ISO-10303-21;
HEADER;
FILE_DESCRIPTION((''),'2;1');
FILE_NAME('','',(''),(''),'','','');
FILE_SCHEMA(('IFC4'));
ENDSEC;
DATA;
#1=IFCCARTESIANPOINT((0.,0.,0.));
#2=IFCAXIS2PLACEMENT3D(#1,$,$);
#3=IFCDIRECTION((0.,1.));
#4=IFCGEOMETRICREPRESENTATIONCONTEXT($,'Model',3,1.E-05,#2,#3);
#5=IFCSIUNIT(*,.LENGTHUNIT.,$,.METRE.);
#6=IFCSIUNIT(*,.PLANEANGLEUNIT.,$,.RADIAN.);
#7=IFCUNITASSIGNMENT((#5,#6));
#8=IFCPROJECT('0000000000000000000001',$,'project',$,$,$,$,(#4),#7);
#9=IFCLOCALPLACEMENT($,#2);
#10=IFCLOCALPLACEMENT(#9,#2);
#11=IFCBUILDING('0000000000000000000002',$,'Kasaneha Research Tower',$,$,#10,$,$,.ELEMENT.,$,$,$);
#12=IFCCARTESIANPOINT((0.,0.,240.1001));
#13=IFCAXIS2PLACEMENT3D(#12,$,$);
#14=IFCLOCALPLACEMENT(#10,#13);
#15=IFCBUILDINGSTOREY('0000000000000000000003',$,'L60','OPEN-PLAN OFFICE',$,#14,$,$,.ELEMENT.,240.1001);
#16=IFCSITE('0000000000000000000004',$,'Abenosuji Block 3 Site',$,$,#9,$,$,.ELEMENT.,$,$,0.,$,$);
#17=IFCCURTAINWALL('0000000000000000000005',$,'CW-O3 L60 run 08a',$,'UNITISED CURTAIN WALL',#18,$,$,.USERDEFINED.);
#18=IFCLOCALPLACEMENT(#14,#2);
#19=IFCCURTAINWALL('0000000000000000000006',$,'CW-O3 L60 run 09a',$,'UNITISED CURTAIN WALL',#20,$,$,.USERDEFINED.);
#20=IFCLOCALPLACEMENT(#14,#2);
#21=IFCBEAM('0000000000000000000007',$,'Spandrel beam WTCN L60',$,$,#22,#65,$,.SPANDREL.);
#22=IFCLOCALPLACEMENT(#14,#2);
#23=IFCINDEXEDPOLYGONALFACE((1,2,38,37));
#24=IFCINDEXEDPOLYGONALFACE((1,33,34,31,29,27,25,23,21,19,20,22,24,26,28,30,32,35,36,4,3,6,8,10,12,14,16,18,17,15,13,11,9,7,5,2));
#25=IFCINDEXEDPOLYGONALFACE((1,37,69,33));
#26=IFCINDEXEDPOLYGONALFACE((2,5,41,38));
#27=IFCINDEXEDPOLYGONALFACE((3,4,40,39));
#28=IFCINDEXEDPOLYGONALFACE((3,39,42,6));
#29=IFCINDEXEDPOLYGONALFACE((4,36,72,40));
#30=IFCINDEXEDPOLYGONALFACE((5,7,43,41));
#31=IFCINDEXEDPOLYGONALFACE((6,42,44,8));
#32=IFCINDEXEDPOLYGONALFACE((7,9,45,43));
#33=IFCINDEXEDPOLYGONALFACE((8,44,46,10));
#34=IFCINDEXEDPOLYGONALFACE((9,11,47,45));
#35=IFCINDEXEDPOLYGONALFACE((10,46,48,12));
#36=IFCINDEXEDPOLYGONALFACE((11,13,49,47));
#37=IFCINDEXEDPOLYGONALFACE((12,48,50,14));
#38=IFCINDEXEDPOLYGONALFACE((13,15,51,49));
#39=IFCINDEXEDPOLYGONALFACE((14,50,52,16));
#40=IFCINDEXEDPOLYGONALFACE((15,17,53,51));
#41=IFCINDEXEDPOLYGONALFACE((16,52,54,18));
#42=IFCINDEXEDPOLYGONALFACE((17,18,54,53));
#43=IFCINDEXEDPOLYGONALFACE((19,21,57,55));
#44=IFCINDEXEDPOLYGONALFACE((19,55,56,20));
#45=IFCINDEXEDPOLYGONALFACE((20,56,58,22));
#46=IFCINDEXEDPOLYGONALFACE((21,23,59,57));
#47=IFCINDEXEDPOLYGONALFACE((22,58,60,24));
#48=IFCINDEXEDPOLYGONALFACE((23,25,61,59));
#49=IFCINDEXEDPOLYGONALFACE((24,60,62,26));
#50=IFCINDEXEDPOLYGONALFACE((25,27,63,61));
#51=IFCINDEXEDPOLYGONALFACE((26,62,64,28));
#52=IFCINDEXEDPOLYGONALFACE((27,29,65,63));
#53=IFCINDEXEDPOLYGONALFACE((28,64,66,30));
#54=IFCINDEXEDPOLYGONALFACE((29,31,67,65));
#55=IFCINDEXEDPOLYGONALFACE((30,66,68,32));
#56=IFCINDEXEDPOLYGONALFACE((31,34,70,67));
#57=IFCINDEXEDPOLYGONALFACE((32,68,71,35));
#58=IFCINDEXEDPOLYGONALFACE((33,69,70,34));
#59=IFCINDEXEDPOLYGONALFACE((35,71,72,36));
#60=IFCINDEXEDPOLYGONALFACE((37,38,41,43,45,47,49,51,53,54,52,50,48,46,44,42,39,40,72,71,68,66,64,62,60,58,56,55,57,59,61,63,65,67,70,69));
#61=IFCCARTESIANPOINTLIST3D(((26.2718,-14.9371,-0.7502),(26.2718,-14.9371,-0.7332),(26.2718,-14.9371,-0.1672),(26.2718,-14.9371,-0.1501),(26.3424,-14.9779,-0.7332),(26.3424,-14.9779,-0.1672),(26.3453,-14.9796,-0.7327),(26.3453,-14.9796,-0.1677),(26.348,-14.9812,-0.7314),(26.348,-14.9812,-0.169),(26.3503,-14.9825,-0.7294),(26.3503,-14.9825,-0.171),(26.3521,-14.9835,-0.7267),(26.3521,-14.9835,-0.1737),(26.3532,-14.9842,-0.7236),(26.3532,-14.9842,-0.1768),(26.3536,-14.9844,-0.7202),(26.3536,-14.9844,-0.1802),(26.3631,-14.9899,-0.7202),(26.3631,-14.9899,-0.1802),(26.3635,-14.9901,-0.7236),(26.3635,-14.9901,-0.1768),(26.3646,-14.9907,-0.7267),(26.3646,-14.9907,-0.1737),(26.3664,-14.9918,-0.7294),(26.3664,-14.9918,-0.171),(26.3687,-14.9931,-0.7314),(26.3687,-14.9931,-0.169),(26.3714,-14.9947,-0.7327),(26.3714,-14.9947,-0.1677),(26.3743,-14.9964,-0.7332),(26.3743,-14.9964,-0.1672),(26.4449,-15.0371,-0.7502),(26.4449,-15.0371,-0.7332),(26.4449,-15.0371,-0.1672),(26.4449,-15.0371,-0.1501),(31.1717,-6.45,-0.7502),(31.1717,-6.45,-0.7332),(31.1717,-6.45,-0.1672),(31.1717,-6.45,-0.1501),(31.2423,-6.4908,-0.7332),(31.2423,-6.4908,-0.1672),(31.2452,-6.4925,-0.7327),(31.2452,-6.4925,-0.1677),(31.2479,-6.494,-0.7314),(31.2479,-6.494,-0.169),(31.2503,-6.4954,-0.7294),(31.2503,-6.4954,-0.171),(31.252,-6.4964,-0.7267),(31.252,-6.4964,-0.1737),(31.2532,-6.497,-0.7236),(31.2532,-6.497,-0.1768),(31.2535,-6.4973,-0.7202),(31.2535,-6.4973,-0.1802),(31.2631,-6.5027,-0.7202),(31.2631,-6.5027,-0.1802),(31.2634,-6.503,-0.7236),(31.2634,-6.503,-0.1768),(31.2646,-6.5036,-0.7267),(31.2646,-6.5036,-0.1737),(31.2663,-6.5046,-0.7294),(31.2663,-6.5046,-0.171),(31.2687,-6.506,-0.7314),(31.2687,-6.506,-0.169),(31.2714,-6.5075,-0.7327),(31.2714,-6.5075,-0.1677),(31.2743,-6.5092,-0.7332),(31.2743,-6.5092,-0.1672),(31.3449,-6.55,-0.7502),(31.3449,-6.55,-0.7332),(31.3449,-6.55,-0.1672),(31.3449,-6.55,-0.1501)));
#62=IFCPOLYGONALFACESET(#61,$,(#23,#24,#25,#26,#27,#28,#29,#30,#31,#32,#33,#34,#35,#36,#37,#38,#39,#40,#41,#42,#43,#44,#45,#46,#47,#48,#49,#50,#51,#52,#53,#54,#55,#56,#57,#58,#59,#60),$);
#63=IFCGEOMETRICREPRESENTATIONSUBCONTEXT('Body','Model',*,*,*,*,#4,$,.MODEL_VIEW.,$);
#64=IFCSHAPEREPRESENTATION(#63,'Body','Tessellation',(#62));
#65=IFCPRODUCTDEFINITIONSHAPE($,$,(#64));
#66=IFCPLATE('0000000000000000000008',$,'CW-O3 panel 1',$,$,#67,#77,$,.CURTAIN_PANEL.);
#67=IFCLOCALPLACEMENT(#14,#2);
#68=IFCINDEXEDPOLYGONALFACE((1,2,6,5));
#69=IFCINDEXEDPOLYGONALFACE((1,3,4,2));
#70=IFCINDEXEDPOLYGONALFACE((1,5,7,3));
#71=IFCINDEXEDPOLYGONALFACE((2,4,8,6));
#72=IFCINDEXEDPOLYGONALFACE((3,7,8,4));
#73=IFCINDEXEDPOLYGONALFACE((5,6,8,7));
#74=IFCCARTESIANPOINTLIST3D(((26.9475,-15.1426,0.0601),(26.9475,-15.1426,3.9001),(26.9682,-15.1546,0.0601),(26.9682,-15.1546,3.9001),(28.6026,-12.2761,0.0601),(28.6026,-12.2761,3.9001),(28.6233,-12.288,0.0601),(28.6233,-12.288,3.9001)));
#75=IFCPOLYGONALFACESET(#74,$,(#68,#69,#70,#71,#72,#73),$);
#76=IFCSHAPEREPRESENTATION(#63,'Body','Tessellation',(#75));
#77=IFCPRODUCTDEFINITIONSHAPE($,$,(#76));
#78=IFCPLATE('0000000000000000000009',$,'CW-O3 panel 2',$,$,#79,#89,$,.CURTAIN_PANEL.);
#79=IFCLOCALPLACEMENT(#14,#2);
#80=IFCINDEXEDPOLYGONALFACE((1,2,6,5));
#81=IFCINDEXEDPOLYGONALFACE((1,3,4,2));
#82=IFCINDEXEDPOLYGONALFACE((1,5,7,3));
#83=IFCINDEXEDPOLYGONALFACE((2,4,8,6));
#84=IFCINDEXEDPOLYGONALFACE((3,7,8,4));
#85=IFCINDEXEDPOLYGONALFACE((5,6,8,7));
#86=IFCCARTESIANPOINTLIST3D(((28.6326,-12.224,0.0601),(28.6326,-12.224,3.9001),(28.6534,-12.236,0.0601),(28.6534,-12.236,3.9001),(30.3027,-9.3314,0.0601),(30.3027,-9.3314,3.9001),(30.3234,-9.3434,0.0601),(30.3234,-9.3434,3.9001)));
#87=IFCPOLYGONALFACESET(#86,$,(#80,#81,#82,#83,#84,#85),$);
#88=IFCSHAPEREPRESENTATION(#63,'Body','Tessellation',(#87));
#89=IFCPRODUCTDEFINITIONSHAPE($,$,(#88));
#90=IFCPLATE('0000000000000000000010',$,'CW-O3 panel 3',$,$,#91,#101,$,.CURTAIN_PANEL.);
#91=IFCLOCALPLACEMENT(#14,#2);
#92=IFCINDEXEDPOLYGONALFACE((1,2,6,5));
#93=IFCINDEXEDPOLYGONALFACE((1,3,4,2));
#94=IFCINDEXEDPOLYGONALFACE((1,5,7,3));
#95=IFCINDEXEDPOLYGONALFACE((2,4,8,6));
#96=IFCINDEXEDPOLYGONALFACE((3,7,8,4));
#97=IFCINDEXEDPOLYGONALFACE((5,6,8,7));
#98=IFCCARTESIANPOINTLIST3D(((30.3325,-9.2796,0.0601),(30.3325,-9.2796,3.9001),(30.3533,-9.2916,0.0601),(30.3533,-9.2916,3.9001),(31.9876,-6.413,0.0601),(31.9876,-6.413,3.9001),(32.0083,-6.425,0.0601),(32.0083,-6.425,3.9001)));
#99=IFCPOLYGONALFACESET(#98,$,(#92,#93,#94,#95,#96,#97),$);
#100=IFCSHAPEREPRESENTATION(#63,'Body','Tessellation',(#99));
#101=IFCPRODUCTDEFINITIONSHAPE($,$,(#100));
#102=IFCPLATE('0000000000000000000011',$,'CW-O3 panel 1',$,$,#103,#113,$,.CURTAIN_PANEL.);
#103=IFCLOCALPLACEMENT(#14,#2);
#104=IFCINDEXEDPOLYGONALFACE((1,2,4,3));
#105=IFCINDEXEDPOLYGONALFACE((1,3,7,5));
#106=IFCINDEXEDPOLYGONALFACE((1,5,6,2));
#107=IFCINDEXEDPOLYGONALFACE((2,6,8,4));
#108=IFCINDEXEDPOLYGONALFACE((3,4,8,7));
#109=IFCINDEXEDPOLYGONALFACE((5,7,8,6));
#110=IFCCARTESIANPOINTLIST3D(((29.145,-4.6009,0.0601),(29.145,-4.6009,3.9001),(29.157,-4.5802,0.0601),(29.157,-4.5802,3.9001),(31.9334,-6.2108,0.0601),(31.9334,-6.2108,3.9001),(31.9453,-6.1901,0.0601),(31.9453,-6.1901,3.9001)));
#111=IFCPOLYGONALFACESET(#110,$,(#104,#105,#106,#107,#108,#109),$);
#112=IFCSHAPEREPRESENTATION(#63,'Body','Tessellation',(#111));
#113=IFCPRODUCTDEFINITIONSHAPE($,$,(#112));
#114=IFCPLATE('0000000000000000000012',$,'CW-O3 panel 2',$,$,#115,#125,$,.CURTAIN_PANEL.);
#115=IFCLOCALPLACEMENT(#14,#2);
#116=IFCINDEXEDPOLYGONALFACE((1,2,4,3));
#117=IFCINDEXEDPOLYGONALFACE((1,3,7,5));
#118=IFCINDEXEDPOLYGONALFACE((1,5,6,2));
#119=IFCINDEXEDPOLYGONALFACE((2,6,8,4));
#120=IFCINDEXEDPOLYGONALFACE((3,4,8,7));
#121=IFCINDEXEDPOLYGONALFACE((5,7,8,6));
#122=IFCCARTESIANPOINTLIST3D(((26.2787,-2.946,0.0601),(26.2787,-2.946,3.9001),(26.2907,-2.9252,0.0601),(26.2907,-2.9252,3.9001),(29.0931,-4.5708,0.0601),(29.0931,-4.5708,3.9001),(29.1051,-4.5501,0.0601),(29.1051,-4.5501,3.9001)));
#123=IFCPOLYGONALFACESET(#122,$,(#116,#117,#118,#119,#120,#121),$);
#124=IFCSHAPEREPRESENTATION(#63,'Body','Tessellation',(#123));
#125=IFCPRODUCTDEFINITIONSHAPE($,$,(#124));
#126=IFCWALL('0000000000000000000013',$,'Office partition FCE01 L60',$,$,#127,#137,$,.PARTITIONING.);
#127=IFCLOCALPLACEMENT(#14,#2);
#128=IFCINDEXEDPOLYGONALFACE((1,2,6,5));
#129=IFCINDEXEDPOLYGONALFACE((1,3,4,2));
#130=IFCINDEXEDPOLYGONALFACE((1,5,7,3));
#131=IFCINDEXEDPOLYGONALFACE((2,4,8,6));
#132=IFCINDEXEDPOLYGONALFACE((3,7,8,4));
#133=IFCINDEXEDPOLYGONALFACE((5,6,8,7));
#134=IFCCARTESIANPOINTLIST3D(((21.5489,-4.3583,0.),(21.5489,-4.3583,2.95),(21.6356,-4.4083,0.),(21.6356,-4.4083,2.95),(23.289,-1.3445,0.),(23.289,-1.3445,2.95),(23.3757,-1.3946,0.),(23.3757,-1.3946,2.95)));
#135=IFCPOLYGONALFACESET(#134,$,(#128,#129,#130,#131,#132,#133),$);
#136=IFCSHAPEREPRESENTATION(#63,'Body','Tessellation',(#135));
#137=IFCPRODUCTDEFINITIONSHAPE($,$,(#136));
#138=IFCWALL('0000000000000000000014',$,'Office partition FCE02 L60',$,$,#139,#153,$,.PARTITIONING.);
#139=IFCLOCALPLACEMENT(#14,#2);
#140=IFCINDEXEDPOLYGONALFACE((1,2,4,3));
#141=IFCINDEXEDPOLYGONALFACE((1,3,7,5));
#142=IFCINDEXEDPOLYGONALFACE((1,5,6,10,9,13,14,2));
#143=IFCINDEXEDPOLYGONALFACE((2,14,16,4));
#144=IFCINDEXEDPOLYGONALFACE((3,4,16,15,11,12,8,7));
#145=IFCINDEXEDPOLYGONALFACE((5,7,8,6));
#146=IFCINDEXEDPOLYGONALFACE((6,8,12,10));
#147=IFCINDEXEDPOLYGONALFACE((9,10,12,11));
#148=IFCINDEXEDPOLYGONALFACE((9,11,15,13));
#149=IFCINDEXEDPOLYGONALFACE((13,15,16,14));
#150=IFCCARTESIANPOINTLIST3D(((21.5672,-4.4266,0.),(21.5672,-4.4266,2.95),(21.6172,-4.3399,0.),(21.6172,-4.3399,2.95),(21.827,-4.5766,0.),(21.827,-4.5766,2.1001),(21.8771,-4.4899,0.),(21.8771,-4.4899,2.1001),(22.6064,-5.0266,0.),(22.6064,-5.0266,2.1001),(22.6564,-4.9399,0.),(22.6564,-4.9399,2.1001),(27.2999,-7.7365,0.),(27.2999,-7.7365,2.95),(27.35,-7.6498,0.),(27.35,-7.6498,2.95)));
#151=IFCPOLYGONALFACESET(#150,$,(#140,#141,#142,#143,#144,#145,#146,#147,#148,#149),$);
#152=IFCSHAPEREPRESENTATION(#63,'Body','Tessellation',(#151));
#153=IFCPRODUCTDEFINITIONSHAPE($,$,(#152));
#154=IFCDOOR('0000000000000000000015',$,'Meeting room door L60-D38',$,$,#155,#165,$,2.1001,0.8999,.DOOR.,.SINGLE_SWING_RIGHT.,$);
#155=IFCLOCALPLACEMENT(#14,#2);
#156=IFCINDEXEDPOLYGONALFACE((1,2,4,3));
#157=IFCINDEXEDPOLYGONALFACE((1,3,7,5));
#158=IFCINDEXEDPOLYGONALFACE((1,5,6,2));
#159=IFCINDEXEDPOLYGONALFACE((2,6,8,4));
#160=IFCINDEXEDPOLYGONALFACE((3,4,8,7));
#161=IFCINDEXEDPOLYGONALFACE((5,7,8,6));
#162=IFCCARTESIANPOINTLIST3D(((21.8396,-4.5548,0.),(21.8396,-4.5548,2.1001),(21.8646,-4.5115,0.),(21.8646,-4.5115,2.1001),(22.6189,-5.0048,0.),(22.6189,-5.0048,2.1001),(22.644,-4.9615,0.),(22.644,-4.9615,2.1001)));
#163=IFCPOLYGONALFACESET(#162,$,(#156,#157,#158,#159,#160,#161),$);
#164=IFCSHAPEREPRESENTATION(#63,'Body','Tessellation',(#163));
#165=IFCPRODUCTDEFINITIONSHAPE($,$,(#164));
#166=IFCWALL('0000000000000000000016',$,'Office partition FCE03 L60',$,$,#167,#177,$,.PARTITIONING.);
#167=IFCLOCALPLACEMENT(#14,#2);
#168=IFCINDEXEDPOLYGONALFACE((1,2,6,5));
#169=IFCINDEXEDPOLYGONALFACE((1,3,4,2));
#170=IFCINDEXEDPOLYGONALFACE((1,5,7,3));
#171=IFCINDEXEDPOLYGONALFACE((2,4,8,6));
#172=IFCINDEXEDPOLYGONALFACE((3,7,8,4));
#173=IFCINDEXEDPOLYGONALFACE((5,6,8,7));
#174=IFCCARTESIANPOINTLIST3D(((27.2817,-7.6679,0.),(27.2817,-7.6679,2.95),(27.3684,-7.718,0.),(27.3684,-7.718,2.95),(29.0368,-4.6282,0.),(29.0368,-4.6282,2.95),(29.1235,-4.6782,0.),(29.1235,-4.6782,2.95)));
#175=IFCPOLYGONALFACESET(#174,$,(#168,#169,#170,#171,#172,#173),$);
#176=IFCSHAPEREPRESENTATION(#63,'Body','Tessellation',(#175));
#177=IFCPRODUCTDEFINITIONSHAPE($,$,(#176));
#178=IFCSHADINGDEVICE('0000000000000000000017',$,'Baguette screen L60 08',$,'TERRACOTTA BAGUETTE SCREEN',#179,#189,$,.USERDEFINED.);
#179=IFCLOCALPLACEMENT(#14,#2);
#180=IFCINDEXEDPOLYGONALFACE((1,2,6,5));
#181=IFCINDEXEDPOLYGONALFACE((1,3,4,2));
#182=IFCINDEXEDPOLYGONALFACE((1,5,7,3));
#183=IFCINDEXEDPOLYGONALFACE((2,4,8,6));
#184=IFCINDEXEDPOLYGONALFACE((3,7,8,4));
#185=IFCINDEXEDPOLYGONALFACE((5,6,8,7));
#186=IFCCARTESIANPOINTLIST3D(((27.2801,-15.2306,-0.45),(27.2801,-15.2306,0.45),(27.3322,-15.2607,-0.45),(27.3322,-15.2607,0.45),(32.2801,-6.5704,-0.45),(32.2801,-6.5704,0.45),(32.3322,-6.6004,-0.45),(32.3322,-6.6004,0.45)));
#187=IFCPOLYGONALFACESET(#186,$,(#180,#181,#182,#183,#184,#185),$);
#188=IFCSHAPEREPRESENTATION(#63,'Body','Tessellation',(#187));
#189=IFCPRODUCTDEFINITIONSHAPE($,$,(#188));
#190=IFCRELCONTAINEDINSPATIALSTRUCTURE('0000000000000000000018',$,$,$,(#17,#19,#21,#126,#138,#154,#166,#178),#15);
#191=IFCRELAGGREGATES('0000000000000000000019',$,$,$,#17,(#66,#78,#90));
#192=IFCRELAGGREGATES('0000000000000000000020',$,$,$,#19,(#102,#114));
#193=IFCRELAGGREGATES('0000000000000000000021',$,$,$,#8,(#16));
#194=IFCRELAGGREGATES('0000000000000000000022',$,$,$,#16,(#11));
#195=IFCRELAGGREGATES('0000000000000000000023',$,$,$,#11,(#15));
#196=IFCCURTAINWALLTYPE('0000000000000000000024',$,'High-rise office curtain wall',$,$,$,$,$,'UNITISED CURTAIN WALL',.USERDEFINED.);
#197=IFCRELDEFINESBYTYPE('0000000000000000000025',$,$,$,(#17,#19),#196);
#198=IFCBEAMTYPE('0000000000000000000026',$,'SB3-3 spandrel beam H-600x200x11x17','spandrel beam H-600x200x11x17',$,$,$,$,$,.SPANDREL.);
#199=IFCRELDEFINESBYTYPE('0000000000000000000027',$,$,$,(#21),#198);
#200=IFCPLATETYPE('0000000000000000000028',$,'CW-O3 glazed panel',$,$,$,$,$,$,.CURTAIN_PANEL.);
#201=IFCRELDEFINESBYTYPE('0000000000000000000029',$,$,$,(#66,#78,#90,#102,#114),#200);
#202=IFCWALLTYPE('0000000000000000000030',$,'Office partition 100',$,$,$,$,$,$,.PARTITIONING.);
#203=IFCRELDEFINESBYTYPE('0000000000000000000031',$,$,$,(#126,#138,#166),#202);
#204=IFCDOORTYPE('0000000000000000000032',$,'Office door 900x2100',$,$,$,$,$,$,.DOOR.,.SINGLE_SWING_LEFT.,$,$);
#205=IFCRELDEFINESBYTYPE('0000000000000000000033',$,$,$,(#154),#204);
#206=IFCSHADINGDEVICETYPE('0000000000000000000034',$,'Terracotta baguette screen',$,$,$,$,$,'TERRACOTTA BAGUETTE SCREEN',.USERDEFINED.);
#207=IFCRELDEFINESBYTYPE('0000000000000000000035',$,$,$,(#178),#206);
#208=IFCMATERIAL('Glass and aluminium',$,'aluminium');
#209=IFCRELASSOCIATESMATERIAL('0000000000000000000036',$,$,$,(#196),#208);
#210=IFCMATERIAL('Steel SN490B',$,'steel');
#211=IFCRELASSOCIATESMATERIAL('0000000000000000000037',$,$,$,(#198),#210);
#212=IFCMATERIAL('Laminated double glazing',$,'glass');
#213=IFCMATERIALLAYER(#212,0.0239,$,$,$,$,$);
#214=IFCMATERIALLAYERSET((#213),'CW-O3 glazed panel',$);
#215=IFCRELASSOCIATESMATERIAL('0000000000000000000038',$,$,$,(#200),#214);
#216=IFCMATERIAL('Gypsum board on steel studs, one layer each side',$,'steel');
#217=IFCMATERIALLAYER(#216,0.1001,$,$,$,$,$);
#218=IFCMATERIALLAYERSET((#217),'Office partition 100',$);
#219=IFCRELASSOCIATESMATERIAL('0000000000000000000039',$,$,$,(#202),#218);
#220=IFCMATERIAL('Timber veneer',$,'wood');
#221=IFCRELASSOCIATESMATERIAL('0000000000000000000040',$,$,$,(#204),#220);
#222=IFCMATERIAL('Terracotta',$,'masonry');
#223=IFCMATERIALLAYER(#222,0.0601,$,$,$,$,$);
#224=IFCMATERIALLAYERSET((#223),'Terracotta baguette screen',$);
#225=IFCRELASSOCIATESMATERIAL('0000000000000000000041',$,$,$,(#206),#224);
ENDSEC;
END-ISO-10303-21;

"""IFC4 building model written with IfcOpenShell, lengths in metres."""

from ifc_helpers import new_model, si_unit, direction, frame, frame_2d, origin, origin_2d, place, context, subcontext, project, spatial, rectangle, i_section, extrude, material, layer, layer_set, material_profile, profile_set, type_object, element, fill, aggregate, save


model = new_model("IFC4")

# Units and contexts
model_context = context("Model", 3, precision=1e-05, world=origin(), true_north=direction((0.0, 1.0)))
body_context = subcontext(model_context, "Body", "Model", "MODEL_VIEW")
ifc_project = project(units=[si_unit("LENGTHUNIT", "METRE"), si_unit("PLANEANGLEUNIT", "RADIAN")], contexts=[model_context])

# Site, building, storey
site_placement = place(None, origin())
site = spatial("IfcSite", under=ifc_project, at=site_placement, Name="Abenosuji Block 3 Site", CompositionType="ELEMENT", RefElevation=0.0)
building_placement = place(site_placement, origin())
building = spatial("IfcBuilding", under=site, at=building_placement, Name="Kasaneha Research Tower", CompositionType="ELEMENT")
storey_placement = place(building_placement, frame((0.0, 0.0, 240.1001)))
storey = spatial("IfcBuildingStorey", under=building, at=storey_placement, Name="L60", Description="OPEN-PLAN OFFICE", CompositionType="ELEMENT", Elevation=240.1001)

# Curtain walls
ifc_material_1 = material(Name="Glass and aluminium", Category="aluminium")
curtain_wall_type = type_object("IfcCurtainWallType", Name="High-rise office curtain wall", ElementType="UNITISED CURTAIN WALL", PredefinedType="USERDEFINED", material=ifc_material_1)
curtain_wall_1_placement = place(storey_placement, origin())
curtain_wall_1 = element("IfcCurtainWall", 1, at=curtain_wall_1_placement, inside=storey, type_object=curtain_wall_type, Name="CW-O3 L60 run 08a", ObjectType="UNITISED CURTAIN WALL", PredefinedType="USERDEFINED")
curtain_wall_2_placement = place(storey_placement, origin())
curtain_wall_2 = element("IfcCurtainWall", 2, at=curtain_wall_2_placement, inside=storey, type_object=curtain_wall_type, Name="CW-O3 L60 run 09a", ObjectType="UNITISED CURTAIN WALL", PredefinedType="USERDEFINED")

# Beam
ifc_material_2 = material(Name="Steel SN490B", Category="steel")
ifc_material_profile_1 = material_profile(ifc_material_2, i_section(OverallWidth=0.2, OverallDepth=0.6001, WebThickness=0.011, FlangeThickness=0.0171, FilletRadius=0.0129, at=origin_2d()), Name="H-600x200x11x17")
ifc_profile_set_1 = profile_set([ifc_material_profile_1], Name="Steel SN490B")
beam_type_1 = type_object("IfcBeamType", Name="SB3-3 spandrel beam H-600x200x11x17", Description="spandrel beam H-600x200x11x17", PredefinedType="SPANDREL", material=ifc_profile_set_1)
beam_1_placement = place(storey_placement, frame((31.2583, -6.5, -0.4502), z_axis=(-0.499992, -0.86603, 0.0), x_axis=(0.86603, -0.499992, 0.0)))
element("IfcBeam", 3, at=beam_1_placement, inside=storey, type_object=beam_type_1, Name="Spandrel beam WTCN L60", PredefinedType="SPANDREL", context=body_context, shape_type="SweptSolid", body=[
    extrude(i_section(OverallWidth=0.2, OverallDepth=0.6001, WebThickness=0.011, FlangeThickness=0.0171, FilletRadius=0.0129, at=origin_2d()), origin(), (0.0, 0.0, 1.0), 9.8),
])

# Plates
ifc_material_3 = material(Name="Laminated double glazing", Category="glass")
ifc_layer_1 = layer(ifc_material_3, 0.0239)
ifc_layer_set_1 = layer_set([ifc_layer_1], Name="CW-O3 glazed panel")
plate_type = type_object("IfcPlateType", Name="CW-O3 glazed panel", PredefinedType="CURTAIN_PANEL", material=ifc_layer_set_1)
plate_1_placement = place(storey_placement, frame((27.7854, -13.7153, 0.0601), z_axis=(0.0, 0.0, 1.0), x_axis=(0.5, 0.866025, 0.0)))
plate_1 = element("IfcPlate", 4, at=plate_1_placement, type_object=plate_type, Name="CW-O3 panel 1", PredefinedType="CURTAIN_PANEL", context=body_context, shape_type="SweptSolid", body=[
    extrude(rectangle(XDim=3.3101, YDim=0.0239, at=origin_2d()), origin(), (0.0, 0.0, 1.0), 3.8401),
])
plate_2_placement = place(storey_placement, frame((29.478, -10.7837, 0.0601), z_axis=(0.0, 0.0, 1.0), x_axis=(0.5, 0.866025, 0.0)))
plate_2 = element("IfcPlate", 5, at=plate_2_placement, type_object=plate_type, Name="CW-O3 panel 2", PredefinedType="CURTAIN_PANEL", context=body_context, shape_type="SweptSolid", body=[
    extrude(rectangle(XDim=3.3401, YDim=0.0239, at=origin_2d()), origin(), (0.0, 0.0, 1.0), 3.8401),
])
plate_3_placement = place(storey_placement, frame((31.1704, -7.8523, 0.0601), z_axis=(0.0, 0.0, 1.0), x_axis=(0.5, 0.866025, 0.0)))
plate_3 = element("IfcPlate", 6, at=plate_3_placement, type_object=plate_type, Name="CW-O3 panel 3", PredefinedType="CURTAIN_PANEL", context=body_context, shape_type="SweptSolid", body=[
    extrude(rectangle(XDim=3.3101, YDim=0.0239, at=origin_2d()), origin(), (0.0, 0.0, 1.0), 3.8401),
])
aggregate(curtain_wall_1, [plate_1, plate_2, plate_3])
plate_4_placement = place(storey_placement, frame((30.5452, -5.3955, 0.0601), z_axis=(0.0, 0.0, 1.0), x_axis=(-0.866025, 0.5, 0.0)))
plate_4 = element("IfcPlate", 7, at=plate_4_placement, type_object=plate_type, Name="CW-O3 panel 1", PredefinedType="CURTAIN_PANEL", context=body_context, shape_type="SweptSolid", body=[
    extrude(rectangle(XDim=3.2197, YDim=0.0239, at=origin_2d()), origin(), (0.0, 0.0, 1.0), 3.8401),
])
plate_5_placement = place(storey_placement, frame((27.6919, -3.748, 0.0601), z_axis=(0.0, 0.0, 1.0), x_axis=(-0.866025, 0.5, 0.0)))
plate_5 = element("IfcPlate", 8, at=plate_5_placement, type_object=plate_type, Name="CW-O3 panel 2", PredefinedType="CURTAIN_PANEL", context=body_context, shape_type="SweptSolid", body=[
    extrude(rectangle(XDim=3.2498, YDim=0.0239, at=origin_2d()), origin(), (0.0, 0.0, 1.0), 3.8401),
])
aggregate(curtain_wall_2, [plate_4, plate_5])

# Wall
ifc_material_4 = material(Name="Gypsum board on steel studs, one layer each side", Category="steel")
ifc_layer_2 = layer(ifc_material_4, 0.1001)
ifc_layer_set_2 = layer_set([ifc_layer_2], Name="Office partition 100")
wall_type = type_object("IfcWallType", Name="Office partition 100", PredefinedType="PARTITIONING", material=ifc_layer_set_2)
wall_1_placement = place(storey_placement, frame((21.5923, -4.3833, 0.0), z_axis=(0.0, 0.0, 1.0), x_axis=(0.50001, 0.86602, 0.0)))
element("IfcWall", 9, at=wall_1_placement, inside=storey, type_object=wall_type, Name="Office partition FCE01 L60", PredefinedType="PARTITIONING", context=body_context, shape_type="SweptSolid", body=[
    extrude(rectangle(XDim=3.48, YDim=0.1001, at=frame_2d((1.74, 0.0))), origin(), (0.0, 0.0, 1.0), 2.95),
])

# Wall, opening, door
wall_2_placement = place(storey_placement, frame((27.325, -7.6931, 0.0), z_axis=(0.0, 0.0, 1.0), x_axis=(-0.866022, 0.500007, 0.0)))
wall_2 = element("IfcWall", 10, at=wall_2_placement, inside=storey, type_object=wall_type, Name="Office partition FCE02 L60", PredefinedType="PARTITIONING", context=body_context, shape_type="SweptSolid", body=[
    extrude(rectangle(XDim=6.6196, YDim=0.1001, at=frame_2d((3.3098, 0.0))), origin(), (0.0, 0.0, 1.0), 2.95),
])
opening_placement = place(wall_2_placement, frame((5.4197, 0.0, 0.0)))
opening = element("IfcOpeningElement", 11, at=opening_placement, cuts=wall_2, PredefinedType="OPENING", context=body_context, shape_type="SweptSolid", body=[
    extrude(rectangle(XDim=0.8999, YDim=2.1001, at=frame_2d((0.45, 1.05))), frame((0.0, 0.0601, 0.0), z_axis=(0.0, -1.0, 0.0), x_axis=(1.0, 0.0, 0.0)), (0.0, 0.0, 1.0), 0.1201),
])
ifc_material_5 = material(Name="Timber veneer", Category="wood")
door_type = type_object("IfcDoorType", Name="Office door 900x2100", OperationType="SINGLE_SWING_LEFT", PredefinedType="DOOR", material=ifc_material_5)
door_placement = place(opening_placement, origin())
door = element("IfcDoor", 12, at=door_placement, inside=storey, type_object=door_type, Name="Meeting room door L60-D38", OperationType="SINGLE_SWING_RIGHT", OverallHeight=2.1001, OverallWidth=0.8999, PredefinedType="DOOR", context=body_context, shape_type="SweptSolid", body=[
    extrude(rectangle(XDim=0.8999, YDim=2.1001, at=frame_2d((0.45, 1.05))), frame((0.0, 0.0249, 0.0), z_axis=(0.0, -1.0, 0.0), x_axis=(1.0, 0.0, 0.0)), (0.0, 0.0, 1.0), 0.05),
])
fill(opening, door)

# Wall
wall_3_placement = place(storey_placement, frame((29.0801, -4.6533, 0.0), z_axis=(0.0, 0.0, 1.0), x_axis=(-0.500021, -0.866013, 0.0)))
element("IfcWall", 13, at=wall_3_placement, inside=storey, type_object=wall_type, Name="Office partition FCE03 L60", PredefinedType="PARTITIONING", context=body_context, shape_type="SweptSolid", body=[
    extrude(rectangle(XDim=3.51, YDim=0.1001, at=frame_2d((1.7549, 0.0))), origin(), (0.0, 0.0, 1.0), 2.95),
])

# Shading device
ifc_material_6 = material(Name="Terracotta", Category="masonry")
ifc_layer_3 = layer(ifc_material_6, 0.0601)
ifc_layer_set_3 = layer_set([ifc_layer_3], Name="Terracotta baguette screen")
shading_device_type = type_object("IfcShadingDeviceType", Name="Terracotta baguette screen", ElementType="TERRACOTTA BAGUETTE SCREEN", PredefinedType="USERDEFINED", material=ifc_layer_set_3)
shading_device_placement = place(storey_placement, frame((29.8062, -10.9155, -0.45), z_axis=(0.0, 0.0, 1.0), x_axis=(0.5, 0.866025, 0.0)))
element("IfcShadingDevice", 14, at=shading_device_placement, inside=storey, type_object=shading_device_type, Name="Baguette screen L60 08", ObjectType="TERRACOTTA BAGUETTE SCREEN", PredefinedType="USERDEFINED", context=body_context, shape_type="SweptSolid", body=[
    extrude(rectangle(XDim=10.0, YDim=0.0601, at=origin_2d()), origin(), (0.0, 0.0, 1.0), 0.8999),
])

save(model, "model.ifc")
